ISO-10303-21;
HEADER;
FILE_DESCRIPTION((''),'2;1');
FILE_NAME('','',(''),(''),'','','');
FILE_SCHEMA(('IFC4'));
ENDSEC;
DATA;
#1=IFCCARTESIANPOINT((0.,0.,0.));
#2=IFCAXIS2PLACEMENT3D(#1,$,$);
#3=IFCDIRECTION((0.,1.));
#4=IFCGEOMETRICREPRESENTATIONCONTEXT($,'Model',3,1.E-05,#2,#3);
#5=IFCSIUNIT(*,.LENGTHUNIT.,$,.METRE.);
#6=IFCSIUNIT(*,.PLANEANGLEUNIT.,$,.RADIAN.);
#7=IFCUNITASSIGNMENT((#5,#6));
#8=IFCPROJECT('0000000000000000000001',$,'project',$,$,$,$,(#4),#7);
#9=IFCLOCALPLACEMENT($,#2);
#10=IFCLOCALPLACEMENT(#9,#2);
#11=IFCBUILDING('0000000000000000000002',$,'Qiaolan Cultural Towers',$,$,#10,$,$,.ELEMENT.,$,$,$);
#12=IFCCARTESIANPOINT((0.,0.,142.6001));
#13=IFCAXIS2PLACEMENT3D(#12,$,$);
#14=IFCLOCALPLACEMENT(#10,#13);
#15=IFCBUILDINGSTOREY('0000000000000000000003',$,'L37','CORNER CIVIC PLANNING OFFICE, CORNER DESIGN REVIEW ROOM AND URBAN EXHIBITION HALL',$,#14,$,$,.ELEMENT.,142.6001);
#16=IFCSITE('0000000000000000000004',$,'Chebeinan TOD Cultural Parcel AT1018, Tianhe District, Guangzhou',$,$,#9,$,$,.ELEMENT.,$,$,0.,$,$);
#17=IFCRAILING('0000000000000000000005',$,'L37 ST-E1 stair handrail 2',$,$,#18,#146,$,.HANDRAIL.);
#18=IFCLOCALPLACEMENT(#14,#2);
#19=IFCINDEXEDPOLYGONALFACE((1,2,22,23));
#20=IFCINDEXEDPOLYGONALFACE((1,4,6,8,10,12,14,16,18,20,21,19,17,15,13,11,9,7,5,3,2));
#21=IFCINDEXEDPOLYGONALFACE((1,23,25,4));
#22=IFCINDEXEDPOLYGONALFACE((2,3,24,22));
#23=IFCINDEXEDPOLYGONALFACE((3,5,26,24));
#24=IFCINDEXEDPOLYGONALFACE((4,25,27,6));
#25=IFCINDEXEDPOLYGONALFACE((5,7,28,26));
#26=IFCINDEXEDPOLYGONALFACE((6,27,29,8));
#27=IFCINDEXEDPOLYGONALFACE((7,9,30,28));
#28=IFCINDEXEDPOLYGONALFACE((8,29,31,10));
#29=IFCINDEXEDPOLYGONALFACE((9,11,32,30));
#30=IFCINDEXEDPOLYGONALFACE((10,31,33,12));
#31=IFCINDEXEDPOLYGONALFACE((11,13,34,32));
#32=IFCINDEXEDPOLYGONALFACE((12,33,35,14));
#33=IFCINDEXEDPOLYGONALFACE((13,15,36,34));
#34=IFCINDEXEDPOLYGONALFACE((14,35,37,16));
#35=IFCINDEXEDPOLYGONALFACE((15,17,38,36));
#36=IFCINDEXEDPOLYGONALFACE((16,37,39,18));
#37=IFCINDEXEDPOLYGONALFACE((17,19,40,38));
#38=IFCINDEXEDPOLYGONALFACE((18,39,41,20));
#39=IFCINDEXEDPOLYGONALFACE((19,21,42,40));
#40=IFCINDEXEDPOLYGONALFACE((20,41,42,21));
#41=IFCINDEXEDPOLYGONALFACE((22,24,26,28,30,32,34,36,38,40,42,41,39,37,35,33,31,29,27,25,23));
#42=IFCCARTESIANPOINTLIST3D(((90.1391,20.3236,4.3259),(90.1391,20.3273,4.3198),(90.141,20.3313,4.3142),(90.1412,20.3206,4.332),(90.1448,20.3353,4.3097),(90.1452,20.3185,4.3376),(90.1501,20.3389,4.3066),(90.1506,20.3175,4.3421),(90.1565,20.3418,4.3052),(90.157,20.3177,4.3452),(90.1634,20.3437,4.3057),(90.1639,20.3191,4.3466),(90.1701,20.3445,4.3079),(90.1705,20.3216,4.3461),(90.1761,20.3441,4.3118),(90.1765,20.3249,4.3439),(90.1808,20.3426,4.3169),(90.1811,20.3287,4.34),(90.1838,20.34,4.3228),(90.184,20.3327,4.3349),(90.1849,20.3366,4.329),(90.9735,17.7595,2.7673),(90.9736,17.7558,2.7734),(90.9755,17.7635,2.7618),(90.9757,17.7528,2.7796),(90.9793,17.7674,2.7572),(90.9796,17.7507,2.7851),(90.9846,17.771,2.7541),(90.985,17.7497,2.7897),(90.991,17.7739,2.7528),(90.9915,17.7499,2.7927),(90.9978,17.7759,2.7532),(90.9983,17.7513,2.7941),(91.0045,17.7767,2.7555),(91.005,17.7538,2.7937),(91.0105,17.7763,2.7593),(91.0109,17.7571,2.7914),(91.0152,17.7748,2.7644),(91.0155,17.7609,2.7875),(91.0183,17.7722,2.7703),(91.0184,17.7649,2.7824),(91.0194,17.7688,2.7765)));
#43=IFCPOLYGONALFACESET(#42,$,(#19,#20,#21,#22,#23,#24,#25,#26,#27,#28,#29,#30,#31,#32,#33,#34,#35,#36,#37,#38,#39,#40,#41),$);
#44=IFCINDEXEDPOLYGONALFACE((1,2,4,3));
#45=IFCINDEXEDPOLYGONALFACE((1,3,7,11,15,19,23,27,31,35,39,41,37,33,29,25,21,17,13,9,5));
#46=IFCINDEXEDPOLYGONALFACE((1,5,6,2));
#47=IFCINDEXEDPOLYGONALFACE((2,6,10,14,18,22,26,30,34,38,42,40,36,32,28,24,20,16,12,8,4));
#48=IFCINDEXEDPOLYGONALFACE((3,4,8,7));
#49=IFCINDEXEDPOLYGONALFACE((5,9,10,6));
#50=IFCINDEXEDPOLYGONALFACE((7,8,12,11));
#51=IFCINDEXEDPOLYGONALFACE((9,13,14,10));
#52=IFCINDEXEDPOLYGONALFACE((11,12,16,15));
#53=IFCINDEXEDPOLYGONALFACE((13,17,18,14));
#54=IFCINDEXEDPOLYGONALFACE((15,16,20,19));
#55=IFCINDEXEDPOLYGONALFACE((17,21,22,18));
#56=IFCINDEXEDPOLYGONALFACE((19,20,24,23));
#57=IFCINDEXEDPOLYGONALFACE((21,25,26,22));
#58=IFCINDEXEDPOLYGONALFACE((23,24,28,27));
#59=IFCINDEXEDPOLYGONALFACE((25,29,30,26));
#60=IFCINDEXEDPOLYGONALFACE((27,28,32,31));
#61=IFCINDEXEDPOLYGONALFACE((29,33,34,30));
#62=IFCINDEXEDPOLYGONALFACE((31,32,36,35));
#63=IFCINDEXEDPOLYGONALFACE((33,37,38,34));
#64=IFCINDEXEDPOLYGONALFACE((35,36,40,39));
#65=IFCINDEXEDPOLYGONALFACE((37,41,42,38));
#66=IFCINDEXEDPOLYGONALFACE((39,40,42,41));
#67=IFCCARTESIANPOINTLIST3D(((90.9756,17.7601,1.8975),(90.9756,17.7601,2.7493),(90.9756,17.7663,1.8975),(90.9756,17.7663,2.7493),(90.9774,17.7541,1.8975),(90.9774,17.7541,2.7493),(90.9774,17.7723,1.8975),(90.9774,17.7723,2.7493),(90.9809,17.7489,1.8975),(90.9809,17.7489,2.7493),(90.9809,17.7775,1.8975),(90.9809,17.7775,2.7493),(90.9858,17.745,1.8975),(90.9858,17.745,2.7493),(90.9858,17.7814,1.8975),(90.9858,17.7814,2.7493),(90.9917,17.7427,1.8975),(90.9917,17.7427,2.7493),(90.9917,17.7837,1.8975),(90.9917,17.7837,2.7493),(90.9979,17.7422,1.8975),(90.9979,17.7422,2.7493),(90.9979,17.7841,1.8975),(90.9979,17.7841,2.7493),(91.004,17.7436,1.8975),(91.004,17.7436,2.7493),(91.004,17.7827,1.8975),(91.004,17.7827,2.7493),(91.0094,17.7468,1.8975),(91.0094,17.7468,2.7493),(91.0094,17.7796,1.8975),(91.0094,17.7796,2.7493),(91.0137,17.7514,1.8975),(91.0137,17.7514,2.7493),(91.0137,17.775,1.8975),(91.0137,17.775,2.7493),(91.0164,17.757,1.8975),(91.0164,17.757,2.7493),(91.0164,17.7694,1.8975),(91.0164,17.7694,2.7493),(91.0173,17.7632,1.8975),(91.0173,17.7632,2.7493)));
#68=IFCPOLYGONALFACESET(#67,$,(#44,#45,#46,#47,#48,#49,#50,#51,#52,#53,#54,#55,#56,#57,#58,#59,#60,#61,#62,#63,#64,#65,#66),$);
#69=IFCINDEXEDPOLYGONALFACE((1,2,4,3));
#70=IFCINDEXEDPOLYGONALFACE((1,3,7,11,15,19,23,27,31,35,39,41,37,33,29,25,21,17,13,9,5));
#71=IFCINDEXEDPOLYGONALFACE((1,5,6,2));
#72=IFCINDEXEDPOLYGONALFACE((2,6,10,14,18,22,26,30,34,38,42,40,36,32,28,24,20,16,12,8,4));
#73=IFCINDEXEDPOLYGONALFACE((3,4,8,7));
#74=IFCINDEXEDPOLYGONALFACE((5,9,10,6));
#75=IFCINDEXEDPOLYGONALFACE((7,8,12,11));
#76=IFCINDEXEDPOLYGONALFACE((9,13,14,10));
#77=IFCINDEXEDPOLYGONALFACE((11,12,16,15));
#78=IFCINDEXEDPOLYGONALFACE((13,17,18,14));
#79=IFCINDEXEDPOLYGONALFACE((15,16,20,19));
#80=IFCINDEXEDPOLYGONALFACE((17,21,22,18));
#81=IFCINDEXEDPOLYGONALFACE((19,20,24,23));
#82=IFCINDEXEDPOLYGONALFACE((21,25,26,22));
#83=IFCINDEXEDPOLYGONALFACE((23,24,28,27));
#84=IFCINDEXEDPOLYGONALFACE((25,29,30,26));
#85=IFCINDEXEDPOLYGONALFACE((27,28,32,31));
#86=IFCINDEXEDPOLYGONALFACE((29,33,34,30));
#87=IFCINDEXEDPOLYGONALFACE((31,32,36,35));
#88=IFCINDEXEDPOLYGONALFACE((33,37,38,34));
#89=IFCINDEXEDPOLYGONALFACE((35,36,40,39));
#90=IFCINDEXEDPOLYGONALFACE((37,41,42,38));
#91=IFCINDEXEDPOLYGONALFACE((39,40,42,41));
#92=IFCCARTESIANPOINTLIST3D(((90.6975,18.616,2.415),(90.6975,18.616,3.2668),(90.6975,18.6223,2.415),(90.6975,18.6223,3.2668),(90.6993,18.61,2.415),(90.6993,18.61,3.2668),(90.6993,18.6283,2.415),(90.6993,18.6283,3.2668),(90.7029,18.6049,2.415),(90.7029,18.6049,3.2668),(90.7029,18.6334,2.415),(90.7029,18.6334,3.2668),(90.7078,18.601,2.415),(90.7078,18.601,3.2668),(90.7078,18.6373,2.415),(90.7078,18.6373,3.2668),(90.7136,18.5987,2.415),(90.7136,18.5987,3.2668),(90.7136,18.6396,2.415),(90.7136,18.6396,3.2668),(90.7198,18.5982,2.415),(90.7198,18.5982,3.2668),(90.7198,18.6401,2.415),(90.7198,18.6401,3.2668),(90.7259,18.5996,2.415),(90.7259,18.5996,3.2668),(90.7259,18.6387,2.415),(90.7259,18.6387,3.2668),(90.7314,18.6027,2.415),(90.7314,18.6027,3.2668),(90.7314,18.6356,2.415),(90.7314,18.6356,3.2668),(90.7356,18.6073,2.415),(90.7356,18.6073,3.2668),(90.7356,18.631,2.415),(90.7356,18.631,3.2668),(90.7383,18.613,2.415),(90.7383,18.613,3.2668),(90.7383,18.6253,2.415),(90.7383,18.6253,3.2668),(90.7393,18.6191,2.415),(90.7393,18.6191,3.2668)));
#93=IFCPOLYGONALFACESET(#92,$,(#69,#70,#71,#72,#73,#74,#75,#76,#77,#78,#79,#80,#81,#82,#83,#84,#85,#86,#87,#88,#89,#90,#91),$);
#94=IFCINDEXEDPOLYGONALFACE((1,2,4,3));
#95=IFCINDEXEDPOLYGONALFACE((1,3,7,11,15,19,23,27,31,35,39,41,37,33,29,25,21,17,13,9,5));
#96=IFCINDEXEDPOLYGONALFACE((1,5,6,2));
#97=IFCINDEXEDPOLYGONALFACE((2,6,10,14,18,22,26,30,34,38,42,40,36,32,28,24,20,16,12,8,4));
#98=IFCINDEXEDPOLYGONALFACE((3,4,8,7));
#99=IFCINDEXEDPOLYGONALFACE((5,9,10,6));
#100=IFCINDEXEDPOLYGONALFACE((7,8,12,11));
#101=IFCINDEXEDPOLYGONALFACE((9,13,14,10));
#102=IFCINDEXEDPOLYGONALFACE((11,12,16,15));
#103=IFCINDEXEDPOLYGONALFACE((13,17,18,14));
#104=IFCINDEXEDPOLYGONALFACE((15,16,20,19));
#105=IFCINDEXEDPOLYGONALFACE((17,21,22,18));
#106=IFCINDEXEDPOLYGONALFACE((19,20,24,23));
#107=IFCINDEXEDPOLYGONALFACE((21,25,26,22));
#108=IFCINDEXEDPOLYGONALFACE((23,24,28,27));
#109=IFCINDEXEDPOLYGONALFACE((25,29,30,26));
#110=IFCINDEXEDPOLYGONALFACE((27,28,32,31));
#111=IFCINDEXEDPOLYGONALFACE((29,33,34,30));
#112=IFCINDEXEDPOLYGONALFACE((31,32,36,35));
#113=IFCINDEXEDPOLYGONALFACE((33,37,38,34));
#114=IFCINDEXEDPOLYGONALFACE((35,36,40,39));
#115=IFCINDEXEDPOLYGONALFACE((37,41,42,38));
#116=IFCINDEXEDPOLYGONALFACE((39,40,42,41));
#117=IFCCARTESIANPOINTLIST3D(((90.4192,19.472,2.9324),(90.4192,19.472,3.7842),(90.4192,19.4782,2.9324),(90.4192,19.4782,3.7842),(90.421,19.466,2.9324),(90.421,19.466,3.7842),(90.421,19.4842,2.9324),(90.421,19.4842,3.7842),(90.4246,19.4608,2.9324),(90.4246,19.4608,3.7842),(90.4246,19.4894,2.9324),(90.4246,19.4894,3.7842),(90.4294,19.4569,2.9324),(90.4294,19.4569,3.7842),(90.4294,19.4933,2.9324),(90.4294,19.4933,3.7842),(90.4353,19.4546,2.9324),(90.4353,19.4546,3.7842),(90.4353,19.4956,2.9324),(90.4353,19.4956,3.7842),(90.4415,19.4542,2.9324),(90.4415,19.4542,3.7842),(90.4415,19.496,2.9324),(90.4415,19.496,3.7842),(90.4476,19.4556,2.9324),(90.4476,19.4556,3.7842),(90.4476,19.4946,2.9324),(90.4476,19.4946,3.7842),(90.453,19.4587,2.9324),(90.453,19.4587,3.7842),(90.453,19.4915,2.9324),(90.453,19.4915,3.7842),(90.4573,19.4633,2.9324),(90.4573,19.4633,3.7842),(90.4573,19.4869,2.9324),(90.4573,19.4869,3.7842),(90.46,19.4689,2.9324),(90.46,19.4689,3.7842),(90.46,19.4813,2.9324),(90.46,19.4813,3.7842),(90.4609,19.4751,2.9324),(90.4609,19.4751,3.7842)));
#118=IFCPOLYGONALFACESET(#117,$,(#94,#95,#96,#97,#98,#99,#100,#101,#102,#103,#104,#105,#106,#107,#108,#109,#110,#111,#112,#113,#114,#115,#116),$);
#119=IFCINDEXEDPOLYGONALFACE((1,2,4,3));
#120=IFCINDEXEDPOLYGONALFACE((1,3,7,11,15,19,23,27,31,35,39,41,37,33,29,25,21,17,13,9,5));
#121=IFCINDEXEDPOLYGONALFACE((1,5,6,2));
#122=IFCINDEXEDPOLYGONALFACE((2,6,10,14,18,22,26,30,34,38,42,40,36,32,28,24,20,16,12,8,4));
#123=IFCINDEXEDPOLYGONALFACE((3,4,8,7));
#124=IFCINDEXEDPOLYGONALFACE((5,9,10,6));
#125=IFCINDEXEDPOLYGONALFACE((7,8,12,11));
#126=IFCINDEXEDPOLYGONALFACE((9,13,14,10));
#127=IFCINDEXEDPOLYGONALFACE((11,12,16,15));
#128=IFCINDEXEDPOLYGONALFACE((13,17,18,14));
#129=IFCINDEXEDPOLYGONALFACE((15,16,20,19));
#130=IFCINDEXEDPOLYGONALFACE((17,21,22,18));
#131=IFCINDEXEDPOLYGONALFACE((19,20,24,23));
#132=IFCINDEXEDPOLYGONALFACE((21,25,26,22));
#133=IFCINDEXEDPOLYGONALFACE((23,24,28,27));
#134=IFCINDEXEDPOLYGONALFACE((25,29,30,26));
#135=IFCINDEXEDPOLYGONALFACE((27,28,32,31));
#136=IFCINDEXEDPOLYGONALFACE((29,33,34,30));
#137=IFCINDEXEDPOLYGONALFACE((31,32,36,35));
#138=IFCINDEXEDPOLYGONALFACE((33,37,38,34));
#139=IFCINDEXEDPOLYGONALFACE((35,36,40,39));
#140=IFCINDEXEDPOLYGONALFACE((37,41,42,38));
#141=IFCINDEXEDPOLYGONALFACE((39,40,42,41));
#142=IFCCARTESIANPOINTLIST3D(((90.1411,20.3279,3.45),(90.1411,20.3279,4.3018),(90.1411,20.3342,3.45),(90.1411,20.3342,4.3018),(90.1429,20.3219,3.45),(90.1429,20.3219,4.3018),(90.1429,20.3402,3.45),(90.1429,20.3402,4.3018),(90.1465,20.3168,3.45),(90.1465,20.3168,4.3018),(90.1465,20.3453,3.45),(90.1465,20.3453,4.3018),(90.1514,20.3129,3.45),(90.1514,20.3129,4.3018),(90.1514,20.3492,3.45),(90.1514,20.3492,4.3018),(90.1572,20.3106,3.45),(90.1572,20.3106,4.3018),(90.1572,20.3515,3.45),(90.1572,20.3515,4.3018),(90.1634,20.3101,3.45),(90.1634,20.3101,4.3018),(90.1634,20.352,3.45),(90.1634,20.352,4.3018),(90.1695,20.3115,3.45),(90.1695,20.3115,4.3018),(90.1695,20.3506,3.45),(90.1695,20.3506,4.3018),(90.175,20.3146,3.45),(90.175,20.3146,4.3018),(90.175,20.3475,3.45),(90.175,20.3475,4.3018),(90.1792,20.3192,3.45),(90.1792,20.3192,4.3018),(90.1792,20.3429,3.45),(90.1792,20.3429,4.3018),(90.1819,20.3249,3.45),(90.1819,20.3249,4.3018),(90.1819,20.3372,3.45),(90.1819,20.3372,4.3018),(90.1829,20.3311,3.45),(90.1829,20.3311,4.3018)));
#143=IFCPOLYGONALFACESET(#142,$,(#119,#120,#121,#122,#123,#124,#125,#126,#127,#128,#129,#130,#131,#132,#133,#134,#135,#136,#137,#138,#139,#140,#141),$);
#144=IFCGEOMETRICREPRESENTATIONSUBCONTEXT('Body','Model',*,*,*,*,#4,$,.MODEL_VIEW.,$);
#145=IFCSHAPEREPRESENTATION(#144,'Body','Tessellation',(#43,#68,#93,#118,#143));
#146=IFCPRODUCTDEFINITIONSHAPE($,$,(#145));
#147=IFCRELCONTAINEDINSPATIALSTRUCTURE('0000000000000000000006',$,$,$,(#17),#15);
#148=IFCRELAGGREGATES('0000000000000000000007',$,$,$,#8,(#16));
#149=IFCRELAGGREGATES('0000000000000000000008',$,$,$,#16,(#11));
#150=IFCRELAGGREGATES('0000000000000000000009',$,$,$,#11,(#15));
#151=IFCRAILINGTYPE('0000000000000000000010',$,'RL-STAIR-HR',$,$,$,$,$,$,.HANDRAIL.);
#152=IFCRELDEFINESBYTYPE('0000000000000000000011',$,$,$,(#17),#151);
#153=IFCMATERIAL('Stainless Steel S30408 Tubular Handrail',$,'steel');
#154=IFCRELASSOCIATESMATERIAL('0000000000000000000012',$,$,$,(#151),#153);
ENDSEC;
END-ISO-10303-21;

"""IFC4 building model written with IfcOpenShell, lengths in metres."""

from ifc_helpers import new_model, si_unit, direction, frame, origin, origin_2d, place, context, subcontext, project, spatial, circle, extrude, material, type_object, element, save


model = new_model("IFC4")

# Units and contexts
model_context = context("Model", 3, precision=1e-05, world=origin(), true_north=direction((0.0, 1.0)))
body_context = subcontext(model_context, "Body", "Model", "MODEL_VIEW")
ifc_project = project(units=[si_unit("LENGTHUNIT", "METRE"), si_unit("PLANEANGLEUNIT", "RADIAN")], contexts=[model_context])

# Site, building, storey
site_placement = place(None, origin())
site = spatial("IfcSite", under=ifc_project, at=site_placement, Name="Chebeinan TOD Cultural Parcel AT1018, Tianhe District, Guangzhou", CompositionType="ELEMENT", RefElevation=0.0)
building_placement = place(site_placement, origin())
building = spatial("IfcBuilding", under=site, at=building_placement, Name="Qiaolan Cultural Towers", CompositionType="ELEMENT")
storey_placement = place(building_placement, frame((0.0, 0.0, 142.6001)))
storey = spatial("IfcBuildingStorey", under=building, at=storey_placement, Name="L37", Description="CORNER CIVIC PLANNING OFFICE, CORNER DESIGN REVIEW ROOM AND URBAN EXHIBITION HALL", CompositionType="ELEMENT", Elevation=142.6001)

# Railing
ifc_material_1 = material(Name="Stainless Steel S30408 Tubular Handrail", Category="steel")
railing_type = type_object("IfcRailingType", Name="RL-STAIR-HR", PredefinedType="HANDRAIL", material=ifc_material_1)
railing_placement = place(storey_placement, frame((90.9963, 17.7632, 1.8975)))
element("IfcRailing", 1, at=railing_placement, inside=storey, type_object=railing_type, Name="L37 ST-E1 stair handrail 2", PredefinedType="HANDRAIL", context=body_context, shape_type="SweptSolid", body=[
    extrude(circle(Radius=0.0239, at=origin_2d()), frame((0.0, 0.0, 0.876), z_axis=(-0.267926, 0.824471, 0.498461), x_axis=(-0.951043, -0.309057, 0.0)), (0.0, 0.0, 1.0), 3.1145),
    extrude(circle(Radius=0.021, at=origin_2d()), origin(), (0.0, 0.0, 1.0), 0.8518),
    extrude(circle(Radius=0.021, at=origin_2d()), frame((-0.2781, 0.856, 0.5176)), (0.0, 0.0, 1.0), 0.8518),
    extrude(circle(Radius=0.021, at=origin_2d()), frame((-0.5564, 1.7119, 1.0349)), (0.0, 0.0, 1.0), 0.8518),
    extrude(circle(Radius=0.021, at=origin_2d()), frame((-0.8345, 2.5679, 1.5525)), (0.0, 0.0, 1.0), 0.8518),
])

save(model, "model.ifc")
